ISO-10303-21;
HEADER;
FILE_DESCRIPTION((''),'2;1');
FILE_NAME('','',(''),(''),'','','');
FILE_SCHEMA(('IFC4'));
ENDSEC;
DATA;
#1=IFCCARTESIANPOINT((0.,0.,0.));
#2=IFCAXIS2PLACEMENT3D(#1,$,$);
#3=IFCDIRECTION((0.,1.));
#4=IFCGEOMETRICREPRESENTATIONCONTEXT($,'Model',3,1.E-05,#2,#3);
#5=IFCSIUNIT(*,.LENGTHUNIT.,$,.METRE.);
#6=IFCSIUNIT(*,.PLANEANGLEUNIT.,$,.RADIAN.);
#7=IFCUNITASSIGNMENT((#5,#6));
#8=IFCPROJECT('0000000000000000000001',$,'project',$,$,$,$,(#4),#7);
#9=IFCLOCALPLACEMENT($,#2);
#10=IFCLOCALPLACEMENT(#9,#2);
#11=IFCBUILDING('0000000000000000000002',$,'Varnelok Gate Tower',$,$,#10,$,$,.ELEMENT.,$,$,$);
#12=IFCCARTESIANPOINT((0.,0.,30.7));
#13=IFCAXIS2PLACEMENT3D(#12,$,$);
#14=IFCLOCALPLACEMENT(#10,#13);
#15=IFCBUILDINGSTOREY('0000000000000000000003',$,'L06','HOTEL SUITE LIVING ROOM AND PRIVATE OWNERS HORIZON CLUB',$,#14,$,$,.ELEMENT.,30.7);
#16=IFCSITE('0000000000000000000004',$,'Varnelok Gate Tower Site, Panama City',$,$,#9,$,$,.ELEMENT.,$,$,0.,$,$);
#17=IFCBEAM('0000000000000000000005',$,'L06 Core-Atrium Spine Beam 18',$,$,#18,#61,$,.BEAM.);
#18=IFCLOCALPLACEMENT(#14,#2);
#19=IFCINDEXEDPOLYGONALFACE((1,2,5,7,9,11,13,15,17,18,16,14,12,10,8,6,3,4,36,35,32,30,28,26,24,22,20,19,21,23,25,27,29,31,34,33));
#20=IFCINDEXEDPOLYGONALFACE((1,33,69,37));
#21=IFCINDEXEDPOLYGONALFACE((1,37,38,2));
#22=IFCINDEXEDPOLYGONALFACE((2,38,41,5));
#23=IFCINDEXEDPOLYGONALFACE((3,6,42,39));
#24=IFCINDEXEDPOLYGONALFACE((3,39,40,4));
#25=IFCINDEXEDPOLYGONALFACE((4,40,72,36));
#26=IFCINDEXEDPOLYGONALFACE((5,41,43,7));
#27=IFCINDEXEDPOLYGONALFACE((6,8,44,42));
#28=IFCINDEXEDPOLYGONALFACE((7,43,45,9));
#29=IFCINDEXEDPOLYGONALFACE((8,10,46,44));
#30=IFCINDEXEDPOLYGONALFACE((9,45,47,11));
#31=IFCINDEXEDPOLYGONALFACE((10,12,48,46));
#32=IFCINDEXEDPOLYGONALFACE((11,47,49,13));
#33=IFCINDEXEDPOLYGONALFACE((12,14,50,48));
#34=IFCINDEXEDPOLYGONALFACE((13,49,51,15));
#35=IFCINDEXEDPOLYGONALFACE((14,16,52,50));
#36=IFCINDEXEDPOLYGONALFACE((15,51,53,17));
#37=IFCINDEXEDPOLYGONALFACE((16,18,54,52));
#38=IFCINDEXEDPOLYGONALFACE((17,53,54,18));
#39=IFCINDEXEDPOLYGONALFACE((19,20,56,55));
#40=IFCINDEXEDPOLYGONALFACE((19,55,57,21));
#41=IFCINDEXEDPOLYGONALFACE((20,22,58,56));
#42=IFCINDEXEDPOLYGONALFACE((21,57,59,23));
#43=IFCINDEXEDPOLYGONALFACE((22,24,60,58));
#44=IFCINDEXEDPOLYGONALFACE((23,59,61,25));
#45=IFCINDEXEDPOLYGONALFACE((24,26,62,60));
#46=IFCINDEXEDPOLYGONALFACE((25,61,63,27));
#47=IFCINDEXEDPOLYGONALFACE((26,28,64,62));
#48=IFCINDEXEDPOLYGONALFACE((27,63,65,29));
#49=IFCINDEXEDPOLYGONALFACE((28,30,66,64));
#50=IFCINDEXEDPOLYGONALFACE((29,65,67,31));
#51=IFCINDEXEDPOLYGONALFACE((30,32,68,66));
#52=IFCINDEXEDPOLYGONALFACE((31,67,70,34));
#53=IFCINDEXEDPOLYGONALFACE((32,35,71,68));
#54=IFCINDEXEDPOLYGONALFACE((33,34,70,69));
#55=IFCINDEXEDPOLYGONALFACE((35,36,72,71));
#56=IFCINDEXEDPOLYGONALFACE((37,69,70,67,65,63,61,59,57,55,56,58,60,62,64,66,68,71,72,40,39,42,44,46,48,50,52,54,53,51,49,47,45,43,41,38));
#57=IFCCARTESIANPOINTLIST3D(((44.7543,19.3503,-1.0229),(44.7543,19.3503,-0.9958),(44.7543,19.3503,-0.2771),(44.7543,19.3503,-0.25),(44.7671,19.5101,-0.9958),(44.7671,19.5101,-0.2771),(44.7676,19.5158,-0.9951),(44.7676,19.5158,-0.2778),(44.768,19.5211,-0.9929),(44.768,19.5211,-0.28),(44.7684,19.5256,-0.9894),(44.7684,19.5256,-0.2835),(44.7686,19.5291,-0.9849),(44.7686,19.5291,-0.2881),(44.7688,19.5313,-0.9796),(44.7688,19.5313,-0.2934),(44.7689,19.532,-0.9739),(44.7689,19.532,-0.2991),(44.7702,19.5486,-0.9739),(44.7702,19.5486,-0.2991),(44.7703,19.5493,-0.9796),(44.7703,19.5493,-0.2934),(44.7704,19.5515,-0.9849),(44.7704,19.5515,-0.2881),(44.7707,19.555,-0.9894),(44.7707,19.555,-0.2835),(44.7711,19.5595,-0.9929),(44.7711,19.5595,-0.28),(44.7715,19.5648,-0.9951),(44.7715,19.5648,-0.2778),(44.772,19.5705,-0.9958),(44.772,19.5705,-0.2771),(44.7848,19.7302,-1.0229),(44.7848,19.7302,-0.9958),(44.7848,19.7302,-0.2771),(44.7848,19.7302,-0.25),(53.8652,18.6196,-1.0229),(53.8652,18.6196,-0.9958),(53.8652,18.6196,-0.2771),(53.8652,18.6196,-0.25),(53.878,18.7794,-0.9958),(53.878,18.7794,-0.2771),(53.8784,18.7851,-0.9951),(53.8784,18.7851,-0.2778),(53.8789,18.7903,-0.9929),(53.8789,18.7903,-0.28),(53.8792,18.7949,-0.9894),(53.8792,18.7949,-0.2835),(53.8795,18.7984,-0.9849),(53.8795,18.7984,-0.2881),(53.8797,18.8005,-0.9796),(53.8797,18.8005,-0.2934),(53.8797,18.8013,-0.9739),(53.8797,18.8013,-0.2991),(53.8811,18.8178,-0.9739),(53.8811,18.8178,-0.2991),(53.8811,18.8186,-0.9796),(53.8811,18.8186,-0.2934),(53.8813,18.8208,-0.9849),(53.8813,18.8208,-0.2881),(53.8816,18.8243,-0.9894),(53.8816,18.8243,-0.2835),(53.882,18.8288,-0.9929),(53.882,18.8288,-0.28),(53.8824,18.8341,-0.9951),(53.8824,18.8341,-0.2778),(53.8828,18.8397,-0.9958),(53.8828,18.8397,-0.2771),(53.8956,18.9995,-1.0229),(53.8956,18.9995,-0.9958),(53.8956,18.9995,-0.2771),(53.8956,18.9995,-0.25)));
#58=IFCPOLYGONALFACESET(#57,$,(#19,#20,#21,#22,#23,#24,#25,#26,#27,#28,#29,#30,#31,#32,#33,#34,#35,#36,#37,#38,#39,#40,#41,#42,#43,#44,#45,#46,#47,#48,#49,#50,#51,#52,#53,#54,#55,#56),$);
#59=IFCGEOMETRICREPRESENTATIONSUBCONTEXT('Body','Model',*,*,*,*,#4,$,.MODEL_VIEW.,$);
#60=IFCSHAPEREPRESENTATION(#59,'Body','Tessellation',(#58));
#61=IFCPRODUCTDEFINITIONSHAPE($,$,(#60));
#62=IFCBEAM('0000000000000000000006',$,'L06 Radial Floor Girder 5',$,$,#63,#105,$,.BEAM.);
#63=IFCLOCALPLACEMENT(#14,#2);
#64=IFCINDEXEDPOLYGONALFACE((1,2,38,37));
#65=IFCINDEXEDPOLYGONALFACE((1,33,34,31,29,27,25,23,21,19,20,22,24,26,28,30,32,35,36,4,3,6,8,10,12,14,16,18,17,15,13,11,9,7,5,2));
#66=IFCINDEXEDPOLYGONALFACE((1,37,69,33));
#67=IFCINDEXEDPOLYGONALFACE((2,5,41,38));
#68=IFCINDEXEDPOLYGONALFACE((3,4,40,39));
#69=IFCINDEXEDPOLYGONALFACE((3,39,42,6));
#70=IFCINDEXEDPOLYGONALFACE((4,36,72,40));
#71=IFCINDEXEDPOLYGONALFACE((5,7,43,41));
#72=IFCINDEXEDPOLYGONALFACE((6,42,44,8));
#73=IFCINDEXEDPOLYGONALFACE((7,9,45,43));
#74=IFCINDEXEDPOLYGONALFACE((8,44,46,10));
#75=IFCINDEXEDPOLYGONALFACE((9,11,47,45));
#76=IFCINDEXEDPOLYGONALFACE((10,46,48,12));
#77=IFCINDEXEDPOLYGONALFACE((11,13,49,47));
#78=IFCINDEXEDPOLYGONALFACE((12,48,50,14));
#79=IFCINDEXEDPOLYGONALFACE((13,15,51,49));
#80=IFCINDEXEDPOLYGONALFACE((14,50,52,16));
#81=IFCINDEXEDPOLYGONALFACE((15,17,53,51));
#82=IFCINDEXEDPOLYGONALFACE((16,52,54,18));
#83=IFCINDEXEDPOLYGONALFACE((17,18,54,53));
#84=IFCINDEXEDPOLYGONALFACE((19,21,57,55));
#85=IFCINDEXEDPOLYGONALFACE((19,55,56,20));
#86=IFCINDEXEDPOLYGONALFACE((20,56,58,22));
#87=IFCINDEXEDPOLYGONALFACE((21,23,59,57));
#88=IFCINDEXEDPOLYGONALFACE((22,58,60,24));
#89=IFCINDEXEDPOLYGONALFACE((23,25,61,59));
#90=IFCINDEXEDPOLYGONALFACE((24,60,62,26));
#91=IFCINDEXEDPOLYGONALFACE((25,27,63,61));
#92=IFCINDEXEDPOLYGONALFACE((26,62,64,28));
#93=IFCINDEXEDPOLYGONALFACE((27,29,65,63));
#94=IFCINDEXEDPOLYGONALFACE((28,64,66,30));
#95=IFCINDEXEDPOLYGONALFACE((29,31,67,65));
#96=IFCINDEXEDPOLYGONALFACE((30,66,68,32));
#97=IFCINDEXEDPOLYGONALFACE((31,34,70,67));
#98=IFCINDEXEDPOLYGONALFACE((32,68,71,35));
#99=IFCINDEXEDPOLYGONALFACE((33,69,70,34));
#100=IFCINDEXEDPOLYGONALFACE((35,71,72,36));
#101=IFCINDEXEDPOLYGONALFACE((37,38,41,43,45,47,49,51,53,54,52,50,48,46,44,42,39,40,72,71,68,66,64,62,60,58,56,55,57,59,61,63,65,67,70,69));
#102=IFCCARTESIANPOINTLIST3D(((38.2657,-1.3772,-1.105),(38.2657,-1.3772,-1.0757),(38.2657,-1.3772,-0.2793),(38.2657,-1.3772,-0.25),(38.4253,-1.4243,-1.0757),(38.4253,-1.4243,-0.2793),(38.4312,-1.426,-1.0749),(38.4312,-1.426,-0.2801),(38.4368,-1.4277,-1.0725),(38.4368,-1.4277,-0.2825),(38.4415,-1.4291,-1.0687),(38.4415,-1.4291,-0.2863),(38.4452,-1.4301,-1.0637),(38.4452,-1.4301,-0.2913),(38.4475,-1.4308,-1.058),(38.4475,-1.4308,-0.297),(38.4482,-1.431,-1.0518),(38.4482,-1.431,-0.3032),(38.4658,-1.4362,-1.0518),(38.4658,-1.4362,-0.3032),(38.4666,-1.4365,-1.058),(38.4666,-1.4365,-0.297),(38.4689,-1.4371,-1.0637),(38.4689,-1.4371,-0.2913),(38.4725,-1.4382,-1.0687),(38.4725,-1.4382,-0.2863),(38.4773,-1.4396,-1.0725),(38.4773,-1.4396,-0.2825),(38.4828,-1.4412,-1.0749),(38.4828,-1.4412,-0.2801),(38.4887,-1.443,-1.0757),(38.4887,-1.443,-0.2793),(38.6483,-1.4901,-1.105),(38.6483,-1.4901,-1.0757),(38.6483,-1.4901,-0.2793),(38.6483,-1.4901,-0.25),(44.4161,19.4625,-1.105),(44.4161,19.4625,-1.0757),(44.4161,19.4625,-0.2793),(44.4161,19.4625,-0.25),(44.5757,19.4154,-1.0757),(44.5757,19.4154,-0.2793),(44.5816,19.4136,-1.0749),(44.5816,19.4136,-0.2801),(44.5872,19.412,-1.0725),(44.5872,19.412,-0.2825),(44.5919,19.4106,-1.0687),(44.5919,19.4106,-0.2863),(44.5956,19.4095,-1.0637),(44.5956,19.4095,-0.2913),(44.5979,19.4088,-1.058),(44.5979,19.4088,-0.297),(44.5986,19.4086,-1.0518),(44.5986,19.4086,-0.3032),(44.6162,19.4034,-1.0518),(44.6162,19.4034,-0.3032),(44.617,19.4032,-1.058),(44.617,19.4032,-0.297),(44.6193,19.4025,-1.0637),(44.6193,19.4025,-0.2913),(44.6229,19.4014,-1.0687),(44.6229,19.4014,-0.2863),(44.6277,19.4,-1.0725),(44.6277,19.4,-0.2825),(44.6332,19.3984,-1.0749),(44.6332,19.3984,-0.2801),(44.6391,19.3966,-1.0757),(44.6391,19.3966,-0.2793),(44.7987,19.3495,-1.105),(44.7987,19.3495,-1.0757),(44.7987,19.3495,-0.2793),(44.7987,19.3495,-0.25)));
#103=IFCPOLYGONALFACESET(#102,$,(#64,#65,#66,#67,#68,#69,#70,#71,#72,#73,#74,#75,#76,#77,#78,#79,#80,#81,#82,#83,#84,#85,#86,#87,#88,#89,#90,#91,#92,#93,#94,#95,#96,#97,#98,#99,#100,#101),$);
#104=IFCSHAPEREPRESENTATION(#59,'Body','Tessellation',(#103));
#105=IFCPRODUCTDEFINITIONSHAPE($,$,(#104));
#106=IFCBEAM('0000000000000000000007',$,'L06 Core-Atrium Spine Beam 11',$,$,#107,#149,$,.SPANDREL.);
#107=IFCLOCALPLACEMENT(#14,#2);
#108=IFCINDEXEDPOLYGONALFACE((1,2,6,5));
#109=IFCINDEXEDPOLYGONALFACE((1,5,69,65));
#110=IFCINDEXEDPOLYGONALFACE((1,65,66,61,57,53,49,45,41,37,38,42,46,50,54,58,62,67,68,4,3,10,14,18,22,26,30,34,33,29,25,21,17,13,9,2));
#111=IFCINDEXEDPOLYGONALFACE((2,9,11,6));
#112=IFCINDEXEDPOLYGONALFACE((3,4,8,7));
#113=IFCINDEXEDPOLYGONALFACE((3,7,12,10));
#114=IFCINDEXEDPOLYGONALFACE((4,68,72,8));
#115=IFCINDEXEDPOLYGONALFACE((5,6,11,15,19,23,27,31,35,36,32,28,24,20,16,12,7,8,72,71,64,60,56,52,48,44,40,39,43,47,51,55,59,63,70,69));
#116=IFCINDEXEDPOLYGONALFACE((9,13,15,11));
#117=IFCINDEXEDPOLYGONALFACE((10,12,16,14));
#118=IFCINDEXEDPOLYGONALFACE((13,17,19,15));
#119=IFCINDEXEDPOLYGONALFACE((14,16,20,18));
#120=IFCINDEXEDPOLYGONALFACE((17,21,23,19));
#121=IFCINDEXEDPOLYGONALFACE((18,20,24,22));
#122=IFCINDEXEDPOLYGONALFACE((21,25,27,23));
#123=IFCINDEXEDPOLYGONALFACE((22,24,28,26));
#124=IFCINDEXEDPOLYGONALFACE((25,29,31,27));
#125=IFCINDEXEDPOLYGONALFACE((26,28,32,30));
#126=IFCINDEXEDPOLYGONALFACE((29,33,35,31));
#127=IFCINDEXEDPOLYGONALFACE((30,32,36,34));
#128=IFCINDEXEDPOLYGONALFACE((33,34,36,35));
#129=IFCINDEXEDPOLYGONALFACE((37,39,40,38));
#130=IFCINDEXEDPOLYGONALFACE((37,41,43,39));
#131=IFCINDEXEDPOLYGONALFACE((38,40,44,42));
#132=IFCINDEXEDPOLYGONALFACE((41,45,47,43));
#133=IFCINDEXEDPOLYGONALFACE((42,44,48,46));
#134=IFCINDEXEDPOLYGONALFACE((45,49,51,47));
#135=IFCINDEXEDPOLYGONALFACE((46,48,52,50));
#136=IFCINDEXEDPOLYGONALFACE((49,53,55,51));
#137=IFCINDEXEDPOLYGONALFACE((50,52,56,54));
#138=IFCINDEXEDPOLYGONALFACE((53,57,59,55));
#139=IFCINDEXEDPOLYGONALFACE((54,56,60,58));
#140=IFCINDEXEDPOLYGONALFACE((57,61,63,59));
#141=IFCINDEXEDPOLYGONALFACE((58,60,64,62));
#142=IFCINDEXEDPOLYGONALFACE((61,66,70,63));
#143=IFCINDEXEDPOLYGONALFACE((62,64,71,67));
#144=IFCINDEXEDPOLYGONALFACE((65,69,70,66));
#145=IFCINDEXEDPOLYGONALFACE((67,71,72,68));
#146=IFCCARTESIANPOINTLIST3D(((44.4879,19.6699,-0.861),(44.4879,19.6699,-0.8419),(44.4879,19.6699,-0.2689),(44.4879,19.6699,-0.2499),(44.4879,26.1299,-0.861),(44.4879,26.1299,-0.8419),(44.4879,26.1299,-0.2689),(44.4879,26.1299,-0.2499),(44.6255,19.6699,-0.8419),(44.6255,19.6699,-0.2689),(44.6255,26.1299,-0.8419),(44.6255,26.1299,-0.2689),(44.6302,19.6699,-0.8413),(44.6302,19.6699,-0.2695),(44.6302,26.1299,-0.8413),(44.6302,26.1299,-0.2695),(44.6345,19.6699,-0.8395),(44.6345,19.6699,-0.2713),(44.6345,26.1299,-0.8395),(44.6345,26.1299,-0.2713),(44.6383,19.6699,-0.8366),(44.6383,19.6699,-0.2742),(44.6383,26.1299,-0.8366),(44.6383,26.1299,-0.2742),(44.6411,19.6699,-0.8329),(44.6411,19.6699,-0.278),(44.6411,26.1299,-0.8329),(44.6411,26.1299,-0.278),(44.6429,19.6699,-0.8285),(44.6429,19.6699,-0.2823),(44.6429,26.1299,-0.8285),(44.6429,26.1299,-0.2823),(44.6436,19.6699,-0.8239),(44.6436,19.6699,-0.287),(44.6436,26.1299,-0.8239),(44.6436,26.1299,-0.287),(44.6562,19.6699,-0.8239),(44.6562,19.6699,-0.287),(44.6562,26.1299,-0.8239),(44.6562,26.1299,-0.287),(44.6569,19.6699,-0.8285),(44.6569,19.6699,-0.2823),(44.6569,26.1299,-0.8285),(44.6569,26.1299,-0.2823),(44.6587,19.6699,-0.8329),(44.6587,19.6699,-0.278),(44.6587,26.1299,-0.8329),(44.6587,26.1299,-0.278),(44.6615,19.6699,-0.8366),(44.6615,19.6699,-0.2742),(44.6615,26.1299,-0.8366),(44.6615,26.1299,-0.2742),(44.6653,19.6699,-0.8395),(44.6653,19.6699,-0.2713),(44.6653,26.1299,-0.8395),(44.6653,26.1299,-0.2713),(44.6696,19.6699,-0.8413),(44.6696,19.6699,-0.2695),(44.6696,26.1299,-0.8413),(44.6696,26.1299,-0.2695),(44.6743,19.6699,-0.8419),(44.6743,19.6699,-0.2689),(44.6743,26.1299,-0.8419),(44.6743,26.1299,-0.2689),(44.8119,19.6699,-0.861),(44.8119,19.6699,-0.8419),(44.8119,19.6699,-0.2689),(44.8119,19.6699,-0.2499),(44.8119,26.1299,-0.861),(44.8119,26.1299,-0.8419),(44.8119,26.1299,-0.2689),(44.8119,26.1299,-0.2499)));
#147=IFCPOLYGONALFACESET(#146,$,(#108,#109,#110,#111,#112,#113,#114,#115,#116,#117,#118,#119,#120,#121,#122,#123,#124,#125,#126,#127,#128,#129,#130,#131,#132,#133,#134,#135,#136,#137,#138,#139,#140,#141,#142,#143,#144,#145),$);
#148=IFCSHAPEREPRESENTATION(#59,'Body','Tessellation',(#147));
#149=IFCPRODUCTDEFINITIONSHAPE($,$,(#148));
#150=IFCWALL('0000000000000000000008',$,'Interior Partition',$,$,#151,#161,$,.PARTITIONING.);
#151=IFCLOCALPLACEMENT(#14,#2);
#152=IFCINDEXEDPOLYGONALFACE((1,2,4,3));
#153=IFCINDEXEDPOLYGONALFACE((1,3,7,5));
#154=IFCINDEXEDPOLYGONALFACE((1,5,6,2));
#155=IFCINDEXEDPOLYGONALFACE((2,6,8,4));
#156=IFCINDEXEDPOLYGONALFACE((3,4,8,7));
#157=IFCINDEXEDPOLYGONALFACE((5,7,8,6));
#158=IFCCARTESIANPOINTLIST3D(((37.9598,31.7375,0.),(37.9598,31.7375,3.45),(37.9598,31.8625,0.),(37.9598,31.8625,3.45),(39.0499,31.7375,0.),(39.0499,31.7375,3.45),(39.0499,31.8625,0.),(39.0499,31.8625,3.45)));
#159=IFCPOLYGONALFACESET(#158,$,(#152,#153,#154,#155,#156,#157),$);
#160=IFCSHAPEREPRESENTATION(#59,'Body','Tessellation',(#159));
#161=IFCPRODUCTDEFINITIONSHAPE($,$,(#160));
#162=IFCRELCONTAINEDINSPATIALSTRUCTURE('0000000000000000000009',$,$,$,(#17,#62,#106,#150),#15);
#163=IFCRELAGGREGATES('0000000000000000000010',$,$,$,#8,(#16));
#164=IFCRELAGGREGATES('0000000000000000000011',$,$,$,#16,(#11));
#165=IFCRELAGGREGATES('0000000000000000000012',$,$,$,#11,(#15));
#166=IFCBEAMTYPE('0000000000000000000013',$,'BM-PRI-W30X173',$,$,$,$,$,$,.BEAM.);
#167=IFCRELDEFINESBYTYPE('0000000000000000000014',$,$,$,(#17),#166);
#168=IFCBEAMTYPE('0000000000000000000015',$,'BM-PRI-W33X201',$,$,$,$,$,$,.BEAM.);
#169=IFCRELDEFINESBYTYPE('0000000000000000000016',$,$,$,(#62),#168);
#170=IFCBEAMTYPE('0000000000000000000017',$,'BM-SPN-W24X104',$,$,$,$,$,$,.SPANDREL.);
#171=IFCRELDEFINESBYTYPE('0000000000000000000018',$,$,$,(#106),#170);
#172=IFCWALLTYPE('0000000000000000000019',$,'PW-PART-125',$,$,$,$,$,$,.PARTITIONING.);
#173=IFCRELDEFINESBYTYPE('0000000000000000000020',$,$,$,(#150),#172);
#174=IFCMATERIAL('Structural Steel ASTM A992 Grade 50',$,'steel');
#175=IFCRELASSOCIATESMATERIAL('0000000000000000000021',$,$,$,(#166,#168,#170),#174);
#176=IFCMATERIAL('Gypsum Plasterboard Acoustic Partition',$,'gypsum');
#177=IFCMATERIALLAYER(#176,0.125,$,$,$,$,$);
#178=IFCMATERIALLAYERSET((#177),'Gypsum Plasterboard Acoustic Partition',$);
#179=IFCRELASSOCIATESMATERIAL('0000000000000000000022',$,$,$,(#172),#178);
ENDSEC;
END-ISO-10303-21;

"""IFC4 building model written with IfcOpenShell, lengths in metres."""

from ifc_helpers import new_model, si_unit, direction, frame, frame_2d, origin, origin_2d, place, context, subcontext, project, spatial, rectangle, i_section, extrude, material, layer, layer_set, material_profile, profile_set, type_object, element, save


model = new_model("IFC4")

# Units and contexts
model_context = context("Model", 3, precision=1e-05, world=origin(), true_north=direction((0.0, 1.0)))
body_context = subcontext(model_context, "Body", "Model", "MODEL_VIEW")
ifc_project = project(units=[si_unit("LENGTHUNIT", "METRE"), si_unit("PLANEANGLEUNIT", "RADIAN")], contexts=[model_context])

# Site, building, storey
site_placement = place(None, origin())
site = spatial("IfcSite", under=ifc_project, at=site_placement, Name="Varnelok Gate Tower Site, Panama City", CompositionType="ELEMENT", RefElevation=0.0)
building_placement = place(site_placement, origin())
building = spatial("IfcBuilding", under=site, at=building_placement, Name="Varnelok Gate Tower", CompositionType="ELEMENT")
storey_placement = place(building_placement, frame((0.0, 0.0, 30.7)))
storey = spatial("IfcBuildingStorey", under=building, at=storey_placement, Name="L06", Description="HOTEL SUITE LIVING ROOM AND PRIVATE OWNERS HORIZON CLUB", CompositionType="ELEMENT", Elevation=30.7)

# Shared definitions
ifc_material_1 = material(Name="Structural Steel ASTM A992 Grade 50", Category="steel")

# Beams
ifc_material_profile_1 = material_profile(ifc_material_1, i_section(OverallWidth=0.3811, OverallDepth=0.7729, WebThickness=0.0166, FlangeThickness=0.0271, FilletRadius=0.022, at=origin_2d()), Name="W30X173")
ifc_profile_set_1 = profile_set([ifc_material_profile_1], Name="Structural Steel ASTM A992 Grade 50")
beam_type_1 = type_object("IfcBeamType", Name="BM-PRI-W30X173", PredefinedType="BEAM", material=ifc_profile_set_1)
beam_1_placement = place(storey_placement, frame((44.7695, 19.5403, -0.6365), z_axis=(0.996799, -0.079946, 0.0), x_axis=(0.079946, 0.996799, 0.0)))
element("IfcBeam", 1, at=beam_1_placement, inside=storey, type_object=beam_type_1, Name="L06 Core-Atrium Spine Beam 18", PredefinedType="BEAM", context=body_context, shape_type="SweptSolid", body=[
    extrude(i_section(OverallWidth=0.3811, OverallDepth=0.7729, WebThickness=0.0166, FlangeThickness=0.0271, FilletRadius=0.022, at=origin_2d()), origin(), (0.0, 0.0, 1.0), 9.1401),
])
ifc_material_profile_2 = material_profile(ifc_material_1, i_section(OverallWidth=0.3989, OverallDepth=0.855, WebThickness=0.0183, FlangeThickness=0.0293, FilletRadius=0.0239, at=origin_2d()), Name="W33X201")
ifc_profile_set_2 = profile_set([ifc_material_profile_2], Name="Structural Steel ASTM A992 Grade 50")
beam_type_2 = type_object("IfcBeamType", Name="BM-PRI-W33X201", PredefinedType="BEAM", material=ifc_profile_set_2)
beam_2_placement = place(storey_placement, frame((44.6074, 19.406, -0.6775), z_axis=(-0.28306, -0.959102, 0.0), x_axis=(0.959102, -0.28306, 0.0)))
element("IfcBeam", 2, at=beam_2_placement, inside=storey, type_object=beam_type_2, Name="L06 Radial Floor Girder 5", PredefinedType="BEAM", context=body_context, shape_type="SweptSolid", body=[
    extrude(i_section(OverallWidth=0.3989, OverallDepth=0.855, WebThickness=0.0183, FlangeThickness=0.0293, FilletRadius=0.0239, at=origin_2d()), origin(), (0.0, 0.0, 1.0), 21.7283),
])
ifc_material_profile_3 = material_profile(ifc_material_1, i_section(OverallWidth=0.324, OverallDepth=0.6111, WebThickness=0.0127, FlangeThickness=0.019, FilletRadius=0.0181, at=origin_2d()), Name="W24X104")
ifc_profile_set_3 = profile_set([ifc_material_profile_3], Name="Structural Steel ASTM A992 Grade 50")
beam_type_3 = type_object("IfcBeamType", Name="BM-SPN-W24X104", PredefinedType="SPANDREL", material=ifc_profile_set_3)
beam_3_placement = place(storey_placement, frame((44.6499, 19.6699, -0.5554), z_axis=(0.0, 1.0, 0.0), x_axis=(-1.0, 0.0, 0.0)))
element("IfcBeam", 3, at=beam_3_placement, inside=storey, type_object=beam_type_3, Name="L06 Core-Atrium Spine Beam 11", PredefinedType="SPANDREL", context=body_context, shape_type="SweptSolid", body=[
    extrude(i_section(OverallWidth=0.324, OverallDepth=0.6111, WebThickness=0.0127, FlangeThickness=0.019, FilletRadius=0.0181, at=origin_2d()), origin(), (0.0, 0.0, 1.0), 6.46),
])

# Wall
ifc_material_2 = material(Name="Gypsum Plasterboard Acoustic Partition", Category="gypsum")
ifc_layer_1 = layer(ifc_material_2, 0.125)
ifc_layer_set_1 = layer_set([ifc_layer_1], Name="Gypsum Plasterboard Acoustic Partition")
wall_type_1 = type_object("IfcWallType", Name="PW-PART-125", PredefinedType="PARTITIONING", material=ifc_layer_set_1)
wall_1_placement = place(storey_placement, frame((37.96, 31.8, 0.0), z_axis=(0.0, 0.0, 1.0), x_axis=(1.0, 0.0, 0.0)))
element("IfcWall", 4, at=wall_1_placement, inside=storey, type_object=wall_type_1, Name="Interior Partition", PredefinedType="PARTITIONING", context=body_context, shape_type="SweptSolid", body=[
    extrude(rectangle(XDim=1.0901, YDim=0.125, at=frame_2d((0.5449, 0.0))), origin(), (0.0, 0.0, 1.0), 3.45),
])

save(model, "model.ifc")
